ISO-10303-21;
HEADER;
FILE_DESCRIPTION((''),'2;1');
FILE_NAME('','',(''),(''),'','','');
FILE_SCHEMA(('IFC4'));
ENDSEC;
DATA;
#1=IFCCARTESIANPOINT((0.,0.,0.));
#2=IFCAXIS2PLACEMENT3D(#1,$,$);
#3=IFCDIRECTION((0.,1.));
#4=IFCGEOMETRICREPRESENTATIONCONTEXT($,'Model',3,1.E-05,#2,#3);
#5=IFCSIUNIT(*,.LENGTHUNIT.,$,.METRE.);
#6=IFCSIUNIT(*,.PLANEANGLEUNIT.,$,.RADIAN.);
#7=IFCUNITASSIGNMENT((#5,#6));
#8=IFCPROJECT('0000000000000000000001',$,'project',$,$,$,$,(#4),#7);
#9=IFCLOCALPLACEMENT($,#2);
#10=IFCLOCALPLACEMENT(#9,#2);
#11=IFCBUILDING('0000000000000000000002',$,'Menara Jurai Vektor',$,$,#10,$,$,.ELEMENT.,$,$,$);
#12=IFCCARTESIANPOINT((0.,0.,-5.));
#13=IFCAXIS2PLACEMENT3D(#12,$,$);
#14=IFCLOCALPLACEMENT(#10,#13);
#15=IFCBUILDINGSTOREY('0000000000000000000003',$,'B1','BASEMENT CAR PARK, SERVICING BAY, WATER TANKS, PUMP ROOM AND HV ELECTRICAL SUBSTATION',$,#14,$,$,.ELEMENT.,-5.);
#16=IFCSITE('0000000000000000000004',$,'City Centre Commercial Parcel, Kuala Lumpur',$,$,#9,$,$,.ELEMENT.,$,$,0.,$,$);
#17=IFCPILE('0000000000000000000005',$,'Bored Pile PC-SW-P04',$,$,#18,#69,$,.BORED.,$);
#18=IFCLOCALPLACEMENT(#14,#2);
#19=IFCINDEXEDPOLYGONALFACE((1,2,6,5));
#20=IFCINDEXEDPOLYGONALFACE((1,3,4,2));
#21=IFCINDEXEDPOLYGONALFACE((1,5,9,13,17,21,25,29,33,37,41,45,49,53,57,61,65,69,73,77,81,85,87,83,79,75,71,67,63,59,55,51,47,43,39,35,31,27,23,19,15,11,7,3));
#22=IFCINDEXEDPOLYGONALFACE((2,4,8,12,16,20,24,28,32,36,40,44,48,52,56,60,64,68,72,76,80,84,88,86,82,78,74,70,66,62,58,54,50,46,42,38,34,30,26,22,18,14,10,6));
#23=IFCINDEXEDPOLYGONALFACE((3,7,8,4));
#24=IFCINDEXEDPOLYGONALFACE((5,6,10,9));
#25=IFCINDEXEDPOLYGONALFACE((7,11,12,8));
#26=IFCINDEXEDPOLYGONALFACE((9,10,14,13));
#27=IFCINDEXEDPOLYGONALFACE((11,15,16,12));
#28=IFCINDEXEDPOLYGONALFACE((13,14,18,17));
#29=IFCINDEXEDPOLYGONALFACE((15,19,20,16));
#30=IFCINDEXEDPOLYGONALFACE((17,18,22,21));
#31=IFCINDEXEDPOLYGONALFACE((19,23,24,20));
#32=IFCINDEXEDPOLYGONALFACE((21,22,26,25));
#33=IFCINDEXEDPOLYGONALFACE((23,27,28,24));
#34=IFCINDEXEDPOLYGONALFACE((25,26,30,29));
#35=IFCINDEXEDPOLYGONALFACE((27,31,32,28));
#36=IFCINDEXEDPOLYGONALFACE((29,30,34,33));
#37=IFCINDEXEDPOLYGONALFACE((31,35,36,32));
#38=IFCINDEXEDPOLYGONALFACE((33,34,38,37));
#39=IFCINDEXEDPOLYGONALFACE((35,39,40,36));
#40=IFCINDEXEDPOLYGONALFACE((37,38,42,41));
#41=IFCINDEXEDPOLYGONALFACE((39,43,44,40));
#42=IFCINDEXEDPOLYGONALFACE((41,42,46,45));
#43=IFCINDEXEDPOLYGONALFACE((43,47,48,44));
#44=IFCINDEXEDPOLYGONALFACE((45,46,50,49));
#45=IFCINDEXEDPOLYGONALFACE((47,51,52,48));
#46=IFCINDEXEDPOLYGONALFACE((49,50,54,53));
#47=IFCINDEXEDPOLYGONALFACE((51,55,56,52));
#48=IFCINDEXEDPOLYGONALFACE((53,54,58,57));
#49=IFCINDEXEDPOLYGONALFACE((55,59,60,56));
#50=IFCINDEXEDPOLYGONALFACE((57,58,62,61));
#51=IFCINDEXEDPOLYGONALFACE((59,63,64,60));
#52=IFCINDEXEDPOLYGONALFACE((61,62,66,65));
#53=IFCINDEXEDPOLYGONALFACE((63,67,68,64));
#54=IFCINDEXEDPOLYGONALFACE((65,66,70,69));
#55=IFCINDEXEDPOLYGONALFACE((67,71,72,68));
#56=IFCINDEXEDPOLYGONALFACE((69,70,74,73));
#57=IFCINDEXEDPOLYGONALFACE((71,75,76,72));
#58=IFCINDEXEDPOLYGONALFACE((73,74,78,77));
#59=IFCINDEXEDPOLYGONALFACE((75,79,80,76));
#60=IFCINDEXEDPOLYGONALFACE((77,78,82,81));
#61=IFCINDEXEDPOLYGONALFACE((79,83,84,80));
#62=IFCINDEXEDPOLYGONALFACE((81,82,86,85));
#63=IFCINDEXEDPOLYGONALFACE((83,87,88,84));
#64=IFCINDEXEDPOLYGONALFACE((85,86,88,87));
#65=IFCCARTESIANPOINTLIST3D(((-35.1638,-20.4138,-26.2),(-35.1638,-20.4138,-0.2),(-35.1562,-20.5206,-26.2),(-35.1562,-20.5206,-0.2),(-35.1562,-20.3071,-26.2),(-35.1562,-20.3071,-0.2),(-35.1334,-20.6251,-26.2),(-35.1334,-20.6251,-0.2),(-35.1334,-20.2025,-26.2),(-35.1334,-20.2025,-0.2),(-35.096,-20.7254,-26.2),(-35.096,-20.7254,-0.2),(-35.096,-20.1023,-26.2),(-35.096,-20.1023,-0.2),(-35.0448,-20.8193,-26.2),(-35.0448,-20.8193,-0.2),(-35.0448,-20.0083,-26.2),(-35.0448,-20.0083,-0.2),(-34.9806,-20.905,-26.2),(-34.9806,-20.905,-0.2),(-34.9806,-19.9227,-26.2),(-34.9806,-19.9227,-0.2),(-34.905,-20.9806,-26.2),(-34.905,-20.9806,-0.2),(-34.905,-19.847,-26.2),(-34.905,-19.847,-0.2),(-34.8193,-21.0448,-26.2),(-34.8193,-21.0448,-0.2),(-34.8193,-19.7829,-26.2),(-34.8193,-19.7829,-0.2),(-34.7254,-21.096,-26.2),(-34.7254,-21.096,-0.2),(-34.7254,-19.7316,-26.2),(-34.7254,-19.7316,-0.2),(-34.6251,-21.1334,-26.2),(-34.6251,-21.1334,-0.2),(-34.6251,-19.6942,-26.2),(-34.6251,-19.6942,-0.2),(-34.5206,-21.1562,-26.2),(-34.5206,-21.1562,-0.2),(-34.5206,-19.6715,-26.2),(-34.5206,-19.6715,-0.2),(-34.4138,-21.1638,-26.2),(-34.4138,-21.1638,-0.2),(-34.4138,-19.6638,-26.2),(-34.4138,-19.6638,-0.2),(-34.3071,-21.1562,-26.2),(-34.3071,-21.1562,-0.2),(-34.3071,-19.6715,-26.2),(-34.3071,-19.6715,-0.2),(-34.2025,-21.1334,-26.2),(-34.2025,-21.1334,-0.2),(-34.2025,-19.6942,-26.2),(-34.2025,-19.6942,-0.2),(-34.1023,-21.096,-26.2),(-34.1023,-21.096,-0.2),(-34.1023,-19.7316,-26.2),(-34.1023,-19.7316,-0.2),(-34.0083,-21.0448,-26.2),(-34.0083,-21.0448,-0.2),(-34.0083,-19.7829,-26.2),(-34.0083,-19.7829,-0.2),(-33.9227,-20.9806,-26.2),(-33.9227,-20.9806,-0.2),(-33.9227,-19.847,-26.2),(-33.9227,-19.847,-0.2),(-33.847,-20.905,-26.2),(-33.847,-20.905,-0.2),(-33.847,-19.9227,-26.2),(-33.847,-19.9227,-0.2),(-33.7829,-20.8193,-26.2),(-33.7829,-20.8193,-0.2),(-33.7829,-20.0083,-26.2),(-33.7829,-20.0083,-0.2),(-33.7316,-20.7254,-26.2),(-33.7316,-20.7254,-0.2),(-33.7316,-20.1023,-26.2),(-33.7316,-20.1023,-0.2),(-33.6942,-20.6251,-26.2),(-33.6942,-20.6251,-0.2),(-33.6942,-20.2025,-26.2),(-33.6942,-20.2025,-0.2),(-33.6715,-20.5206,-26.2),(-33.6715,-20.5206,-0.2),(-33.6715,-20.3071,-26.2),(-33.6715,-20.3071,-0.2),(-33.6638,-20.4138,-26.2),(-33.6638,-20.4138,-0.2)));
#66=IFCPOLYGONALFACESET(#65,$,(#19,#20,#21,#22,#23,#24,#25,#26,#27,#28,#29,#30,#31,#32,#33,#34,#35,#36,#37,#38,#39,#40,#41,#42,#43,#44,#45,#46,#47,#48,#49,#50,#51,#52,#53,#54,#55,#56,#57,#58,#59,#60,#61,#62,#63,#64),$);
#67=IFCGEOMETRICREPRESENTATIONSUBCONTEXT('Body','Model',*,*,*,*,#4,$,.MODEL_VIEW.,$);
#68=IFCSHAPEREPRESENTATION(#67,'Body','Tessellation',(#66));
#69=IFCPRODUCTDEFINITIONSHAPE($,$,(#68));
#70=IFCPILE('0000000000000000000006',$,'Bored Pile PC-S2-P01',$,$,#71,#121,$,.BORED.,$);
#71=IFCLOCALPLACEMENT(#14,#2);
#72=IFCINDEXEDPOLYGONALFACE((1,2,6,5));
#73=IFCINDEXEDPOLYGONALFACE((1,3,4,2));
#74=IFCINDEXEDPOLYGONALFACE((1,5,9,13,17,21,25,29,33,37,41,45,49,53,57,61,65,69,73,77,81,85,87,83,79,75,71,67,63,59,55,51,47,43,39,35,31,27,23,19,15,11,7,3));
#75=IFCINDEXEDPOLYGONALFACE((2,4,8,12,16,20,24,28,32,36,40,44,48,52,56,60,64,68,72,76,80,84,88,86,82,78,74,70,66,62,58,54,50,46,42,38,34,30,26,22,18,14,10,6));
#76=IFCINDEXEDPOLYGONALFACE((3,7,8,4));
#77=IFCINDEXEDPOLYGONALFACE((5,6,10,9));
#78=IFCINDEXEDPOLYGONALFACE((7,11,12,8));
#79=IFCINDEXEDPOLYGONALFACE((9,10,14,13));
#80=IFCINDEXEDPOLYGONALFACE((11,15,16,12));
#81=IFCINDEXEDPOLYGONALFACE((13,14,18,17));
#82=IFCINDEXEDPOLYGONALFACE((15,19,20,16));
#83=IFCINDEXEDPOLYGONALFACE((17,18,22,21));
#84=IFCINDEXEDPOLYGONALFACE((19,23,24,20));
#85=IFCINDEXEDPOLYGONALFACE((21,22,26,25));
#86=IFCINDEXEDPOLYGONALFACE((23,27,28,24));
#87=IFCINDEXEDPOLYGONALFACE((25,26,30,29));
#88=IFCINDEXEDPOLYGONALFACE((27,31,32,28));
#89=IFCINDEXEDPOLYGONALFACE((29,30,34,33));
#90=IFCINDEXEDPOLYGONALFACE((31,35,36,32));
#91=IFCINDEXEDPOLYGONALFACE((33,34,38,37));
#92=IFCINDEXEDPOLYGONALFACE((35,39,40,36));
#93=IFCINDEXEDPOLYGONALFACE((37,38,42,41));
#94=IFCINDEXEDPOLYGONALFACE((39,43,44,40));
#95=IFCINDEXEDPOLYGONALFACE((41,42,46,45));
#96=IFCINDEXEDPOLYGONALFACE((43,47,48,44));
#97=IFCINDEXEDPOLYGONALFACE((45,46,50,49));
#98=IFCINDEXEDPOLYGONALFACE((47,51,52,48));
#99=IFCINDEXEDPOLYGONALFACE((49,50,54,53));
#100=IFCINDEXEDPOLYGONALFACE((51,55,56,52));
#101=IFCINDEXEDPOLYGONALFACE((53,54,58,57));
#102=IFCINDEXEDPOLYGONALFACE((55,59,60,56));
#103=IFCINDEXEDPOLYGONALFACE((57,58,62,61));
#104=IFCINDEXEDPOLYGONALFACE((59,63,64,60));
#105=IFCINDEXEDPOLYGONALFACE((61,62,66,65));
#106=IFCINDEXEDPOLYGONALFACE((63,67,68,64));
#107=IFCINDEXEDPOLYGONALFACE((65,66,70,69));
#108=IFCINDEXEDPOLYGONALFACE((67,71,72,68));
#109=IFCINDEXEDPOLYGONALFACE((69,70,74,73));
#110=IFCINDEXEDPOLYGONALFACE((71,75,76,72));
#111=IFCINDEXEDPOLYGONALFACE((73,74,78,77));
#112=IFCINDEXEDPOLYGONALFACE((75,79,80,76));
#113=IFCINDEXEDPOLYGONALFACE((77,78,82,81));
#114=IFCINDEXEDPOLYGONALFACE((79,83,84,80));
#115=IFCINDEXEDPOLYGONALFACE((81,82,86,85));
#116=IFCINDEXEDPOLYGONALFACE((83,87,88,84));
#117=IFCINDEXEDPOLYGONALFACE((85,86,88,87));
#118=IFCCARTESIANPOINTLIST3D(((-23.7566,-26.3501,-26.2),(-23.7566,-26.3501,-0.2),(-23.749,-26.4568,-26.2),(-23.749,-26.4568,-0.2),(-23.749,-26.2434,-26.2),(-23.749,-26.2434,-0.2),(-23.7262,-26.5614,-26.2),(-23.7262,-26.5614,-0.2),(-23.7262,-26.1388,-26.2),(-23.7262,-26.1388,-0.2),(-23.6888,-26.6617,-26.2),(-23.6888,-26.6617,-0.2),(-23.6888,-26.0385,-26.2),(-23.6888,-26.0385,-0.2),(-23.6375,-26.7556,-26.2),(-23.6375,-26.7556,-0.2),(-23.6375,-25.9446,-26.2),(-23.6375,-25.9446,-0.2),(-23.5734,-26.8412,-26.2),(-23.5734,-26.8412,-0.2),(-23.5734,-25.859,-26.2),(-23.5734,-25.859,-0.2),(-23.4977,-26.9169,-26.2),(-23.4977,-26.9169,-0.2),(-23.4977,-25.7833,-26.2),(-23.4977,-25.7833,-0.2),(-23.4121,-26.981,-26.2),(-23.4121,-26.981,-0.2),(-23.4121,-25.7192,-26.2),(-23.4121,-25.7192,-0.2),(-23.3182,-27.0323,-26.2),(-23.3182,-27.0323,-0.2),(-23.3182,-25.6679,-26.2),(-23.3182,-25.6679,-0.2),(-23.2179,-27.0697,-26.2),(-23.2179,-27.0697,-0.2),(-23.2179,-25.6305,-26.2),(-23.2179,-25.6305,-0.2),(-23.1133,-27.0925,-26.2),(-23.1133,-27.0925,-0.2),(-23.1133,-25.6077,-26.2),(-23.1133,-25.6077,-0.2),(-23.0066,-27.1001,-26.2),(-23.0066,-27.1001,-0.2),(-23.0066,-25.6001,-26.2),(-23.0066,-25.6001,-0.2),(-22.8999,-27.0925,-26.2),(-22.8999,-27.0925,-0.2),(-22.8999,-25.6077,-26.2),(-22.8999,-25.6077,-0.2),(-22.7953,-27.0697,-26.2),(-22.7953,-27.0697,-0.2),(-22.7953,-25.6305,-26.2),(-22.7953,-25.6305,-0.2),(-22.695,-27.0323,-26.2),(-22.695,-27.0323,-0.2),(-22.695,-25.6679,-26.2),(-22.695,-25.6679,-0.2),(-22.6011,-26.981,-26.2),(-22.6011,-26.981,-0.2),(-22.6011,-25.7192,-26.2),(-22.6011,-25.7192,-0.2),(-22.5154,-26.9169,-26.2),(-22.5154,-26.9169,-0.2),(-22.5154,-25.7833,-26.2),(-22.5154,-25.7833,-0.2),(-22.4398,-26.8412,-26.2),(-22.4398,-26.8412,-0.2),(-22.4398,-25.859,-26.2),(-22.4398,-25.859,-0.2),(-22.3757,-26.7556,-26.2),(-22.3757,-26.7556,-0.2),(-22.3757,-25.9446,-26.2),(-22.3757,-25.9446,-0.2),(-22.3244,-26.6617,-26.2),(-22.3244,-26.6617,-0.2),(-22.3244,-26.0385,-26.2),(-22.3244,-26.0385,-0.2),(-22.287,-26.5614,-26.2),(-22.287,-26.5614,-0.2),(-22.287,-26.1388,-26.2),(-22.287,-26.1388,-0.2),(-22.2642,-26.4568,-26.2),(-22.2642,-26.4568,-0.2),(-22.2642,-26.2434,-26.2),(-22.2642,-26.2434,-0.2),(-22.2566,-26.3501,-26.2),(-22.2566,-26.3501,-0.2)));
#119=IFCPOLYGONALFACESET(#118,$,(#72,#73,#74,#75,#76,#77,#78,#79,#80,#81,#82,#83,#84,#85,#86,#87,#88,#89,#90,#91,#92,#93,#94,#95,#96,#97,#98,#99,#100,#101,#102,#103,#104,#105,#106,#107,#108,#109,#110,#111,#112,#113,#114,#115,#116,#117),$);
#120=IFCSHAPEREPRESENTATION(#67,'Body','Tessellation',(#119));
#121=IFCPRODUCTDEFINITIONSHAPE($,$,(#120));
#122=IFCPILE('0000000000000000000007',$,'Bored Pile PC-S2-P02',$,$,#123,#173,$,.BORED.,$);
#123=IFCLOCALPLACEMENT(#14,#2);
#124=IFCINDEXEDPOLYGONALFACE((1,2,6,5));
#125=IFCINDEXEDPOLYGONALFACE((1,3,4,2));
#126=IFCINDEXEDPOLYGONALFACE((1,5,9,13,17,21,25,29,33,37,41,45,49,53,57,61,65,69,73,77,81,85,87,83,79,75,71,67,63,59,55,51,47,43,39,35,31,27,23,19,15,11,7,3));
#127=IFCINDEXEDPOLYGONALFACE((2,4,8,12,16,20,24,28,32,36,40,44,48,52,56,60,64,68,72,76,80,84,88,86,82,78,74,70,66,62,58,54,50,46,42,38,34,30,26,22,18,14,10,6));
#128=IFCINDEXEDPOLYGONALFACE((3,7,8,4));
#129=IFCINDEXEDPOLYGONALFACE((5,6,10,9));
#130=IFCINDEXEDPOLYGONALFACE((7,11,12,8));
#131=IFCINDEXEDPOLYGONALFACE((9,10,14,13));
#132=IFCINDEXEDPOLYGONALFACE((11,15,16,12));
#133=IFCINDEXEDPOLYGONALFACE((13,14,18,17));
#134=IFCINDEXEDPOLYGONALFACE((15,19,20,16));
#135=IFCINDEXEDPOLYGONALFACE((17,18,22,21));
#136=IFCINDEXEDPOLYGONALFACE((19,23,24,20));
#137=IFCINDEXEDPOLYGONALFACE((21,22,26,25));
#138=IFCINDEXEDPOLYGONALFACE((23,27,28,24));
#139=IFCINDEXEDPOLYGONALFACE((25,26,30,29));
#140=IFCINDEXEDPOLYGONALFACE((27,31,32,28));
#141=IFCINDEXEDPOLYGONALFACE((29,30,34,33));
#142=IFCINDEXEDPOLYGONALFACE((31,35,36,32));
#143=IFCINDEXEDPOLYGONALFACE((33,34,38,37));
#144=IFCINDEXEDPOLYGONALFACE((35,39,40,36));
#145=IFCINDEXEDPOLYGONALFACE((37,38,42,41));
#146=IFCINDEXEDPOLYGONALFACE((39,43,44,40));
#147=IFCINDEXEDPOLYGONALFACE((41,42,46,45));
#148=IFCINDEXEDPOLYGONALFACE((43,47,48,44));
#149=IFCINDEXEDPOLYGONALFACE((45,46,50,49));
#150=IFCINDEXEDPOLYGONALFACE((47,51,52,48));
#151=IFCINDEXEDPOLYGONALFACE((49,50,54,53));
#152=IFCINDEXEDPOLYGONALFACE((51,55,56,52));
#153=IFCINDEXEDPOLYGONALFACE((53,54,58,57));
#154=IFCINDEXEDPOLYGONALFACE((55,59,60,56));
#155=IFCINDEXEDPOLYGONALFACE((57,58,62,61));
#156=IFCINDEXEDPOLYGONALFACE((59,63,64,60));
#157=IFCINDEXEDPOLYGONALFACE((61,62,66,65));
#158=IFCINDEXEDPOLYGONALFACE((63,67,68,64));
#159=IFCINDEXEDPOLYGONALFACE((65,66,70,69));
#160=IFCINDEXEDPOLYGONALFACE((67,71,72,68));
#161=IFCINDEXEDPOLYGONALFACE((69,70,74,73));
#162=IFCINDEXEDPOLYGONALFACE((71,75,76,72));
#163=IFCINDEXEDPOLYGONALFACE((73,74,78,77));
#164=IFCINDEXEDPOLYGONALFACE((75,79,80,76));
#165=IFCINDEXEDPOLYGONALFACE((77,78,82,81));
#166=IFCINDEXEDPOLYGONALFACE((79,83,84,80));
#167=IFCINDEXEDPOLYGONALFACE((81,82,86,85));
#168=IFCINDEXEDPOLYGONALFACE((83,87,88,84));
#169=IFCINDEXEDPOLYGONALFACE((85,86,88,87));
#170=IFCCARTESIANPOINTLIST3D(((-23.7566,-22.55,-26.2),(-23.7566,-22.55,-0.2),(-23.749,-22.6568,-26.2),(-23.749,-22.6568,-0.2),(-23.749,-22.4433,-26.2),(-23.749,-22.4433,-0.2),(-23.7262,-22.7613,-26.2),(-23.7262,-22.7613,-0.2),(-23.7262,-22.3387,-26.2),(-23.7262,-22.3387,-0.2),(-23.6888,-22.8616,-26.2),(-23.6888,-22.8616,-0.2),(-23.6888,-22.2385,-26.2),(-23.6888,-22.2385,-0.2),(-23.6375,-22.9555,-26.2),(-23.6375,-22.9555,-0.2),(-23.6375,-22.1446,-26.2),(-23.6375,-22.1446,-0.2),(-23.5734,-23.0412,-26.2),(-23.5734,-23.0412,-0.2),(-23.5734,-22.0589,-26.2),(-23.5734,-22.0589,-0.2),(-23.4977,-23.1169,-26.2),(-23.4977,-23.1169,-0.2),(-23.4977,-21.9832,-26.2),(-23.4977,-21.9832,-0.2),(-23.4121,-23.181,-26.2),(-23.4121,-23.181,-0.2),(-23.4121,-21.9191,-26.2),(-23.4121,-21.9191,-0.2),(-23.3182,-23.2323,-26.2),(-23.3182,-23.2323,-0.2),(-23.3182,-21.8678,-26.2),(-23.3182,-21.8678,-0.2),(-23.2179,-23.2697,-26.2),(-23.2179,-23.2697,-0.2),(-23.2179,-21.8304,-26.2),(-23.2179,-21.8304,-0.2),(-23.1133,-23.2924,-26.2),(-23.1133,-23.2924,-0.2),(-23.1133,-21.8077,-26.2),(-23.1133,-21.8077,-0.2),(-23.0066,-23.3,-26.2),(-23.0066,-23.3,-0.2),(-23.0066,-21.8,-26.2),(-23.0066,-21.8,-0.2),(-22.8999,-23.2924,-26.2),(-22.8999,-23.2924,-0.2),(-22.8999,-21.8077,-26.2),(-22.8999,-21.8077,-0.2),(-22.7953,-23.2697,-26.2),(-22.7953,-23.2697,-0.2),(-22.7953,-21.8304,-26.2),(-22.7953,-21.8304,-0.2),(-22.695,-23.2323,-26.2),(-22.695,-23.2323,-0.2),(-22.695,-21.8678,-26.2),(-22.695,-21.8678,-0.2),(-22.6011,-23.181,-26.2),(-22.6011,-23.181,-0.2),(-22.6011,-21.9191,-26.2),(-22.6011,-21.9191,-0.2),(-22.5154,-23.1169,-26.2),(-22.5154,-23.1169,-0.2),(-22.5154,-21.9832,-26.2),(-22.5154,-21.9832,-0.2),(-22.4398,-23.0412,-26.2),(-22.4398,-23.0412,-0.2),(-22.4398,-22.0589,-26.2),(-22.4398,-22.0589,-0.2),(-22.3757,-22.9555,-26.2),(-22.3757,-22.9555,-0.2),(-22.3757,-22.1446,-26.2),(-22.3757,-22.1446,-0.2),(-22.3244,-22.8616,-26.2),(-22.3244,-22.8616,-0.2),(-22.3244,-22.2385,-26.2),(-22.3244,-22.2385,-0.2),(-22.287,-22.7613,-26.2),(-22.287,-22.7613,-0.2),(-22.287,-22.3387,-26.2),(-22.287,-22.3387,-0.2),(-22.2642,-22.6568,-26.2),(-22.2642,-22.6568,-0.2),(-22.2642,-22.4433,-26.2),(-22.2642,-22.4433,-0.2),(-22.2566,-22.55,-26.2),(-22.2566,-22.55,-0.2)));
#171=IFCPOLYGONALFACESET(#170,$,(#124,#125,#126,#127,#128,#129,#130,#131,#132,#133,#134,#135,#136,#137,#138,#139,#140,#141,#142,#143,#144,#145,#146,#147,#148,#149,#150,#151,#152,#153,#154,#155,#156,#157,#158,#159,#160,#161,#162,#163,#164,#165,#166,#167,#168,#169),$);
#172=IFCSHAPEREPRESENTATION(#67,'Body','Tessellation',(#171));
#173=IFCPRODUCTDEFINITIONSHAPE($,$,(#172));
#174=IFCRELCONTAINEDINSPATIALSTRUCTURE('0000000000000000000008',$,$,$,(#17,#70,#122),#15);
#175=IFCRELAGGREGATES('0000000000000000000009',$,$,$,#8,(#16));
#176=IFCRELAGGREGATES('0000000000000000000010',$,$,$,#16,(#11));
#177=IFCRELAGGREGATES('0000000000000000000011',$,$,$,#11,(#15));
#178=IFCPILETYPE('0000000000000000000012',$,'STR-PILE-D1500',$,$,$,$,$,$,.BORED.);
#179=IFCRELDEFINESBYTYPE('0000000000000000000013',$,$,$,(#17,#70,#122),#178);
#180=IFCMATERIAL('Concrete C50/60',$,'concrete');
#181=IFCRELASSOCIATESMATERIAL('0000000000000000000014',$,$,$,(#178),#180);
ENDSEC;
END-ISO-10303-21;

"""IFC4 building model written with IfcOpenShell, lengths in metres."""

from ifc_helpers import new_model, si_unit, direction, frame, origin, origin_2d, place, context, subcontext, project, spatial, circle, extrude, material, material_profile, profile_set, type_object, element, save


model = new_model("IFC4")

# Units and contexts
model_context = context("Model", 3, precision=1e-05, world=origin(), true_north=direction((0.0, 1.0)))
body_context = subcontext(model_context, "Body", "Model", "MODEL_VIEW")
ifc_project = project(units=[si_unit("LENGTHUNIT", "METRE"), si_unit("PLANEANGLEUNIT", "RADIAN")], contexts=[model_context])

# Site, building, storey
site_placement = place(None, origin())
site = spatial("IfcSite", under=ifc_project, at=site_placement, Name="City Centre Commercial Parcel, Kuala Lumpur", CompositionType="ELEMENT", RefElevation=0.0)
building_placement = place(site_placement, origin())
building = spatial("IfcBuilding", under=site, at=building_placement, Name="Menara Jurai Vektor", CompositionType="ELEMENT")
storey_placement = place(building_placement, frame((0.0, 0.0, -5.0)))
storey = spatial("IfcBuildingStorey", under=building, at=storey_placement, Name="B1", Description="BASEMENT CAR PARK, SERVICING BAY, WATER TANKS, PUMP ROOM AND HV ELECTRICAL SUBSTATION", CompositionType="ELEMENT", Elevation=-5.0)

# Shared definitions
ifc_material_1 = material(Name="Concrete C50/60", Category="concrete")

# Piles
ifc_material_profile_1 = material_profile(ifc_material_1, circle(Radius=0.75, at=origin_2d()), Name="PILE D1500")
ifc_profile_set_1 = profile_set([ifc_material_profile_1], Name="Concrete C50/60")
pile_type = type_object("IfcPileType", Name="STR-PILE-D1500", PredefinedType="BORED", material=ifc_profile_set_1)
for number, where, z_axis, x_axis, name in (
    (1, (-34.4138, -20.4138, -0.2), (0.0, 0.0, -1.0), (1.0, 0.0, 0.0), "Bored Pile PC-SW-P04"),
    (2, (-23.0066, -26.3501, -0.2), (0.0, 0.0, -1.0), (1.0, 0.0, 0.0), "Bored Pile PC-S2-P01"),
    (3, (-23.0066, -22.55, -0.2), (0.0, 0.0, -1.0), (1.0, 0.0, 0.0), "Bored Pile PC-S2-P02"),
):
    element("IfcPile", number, at=place(storey_placement, frame(where, z_axis=z_axis, x_axis=x_axis)), inside=storey, type_object=pile_type, Name=name, PredefinedType="BORED", context=body_context, shape_type="SweptSolid", body=[
        extrude(circle(Radius=0.75, at=origin_2d()), origin(), (0.0, 0.0, 1.0), 26.0),
    ])

save(model, "model.ifc")
